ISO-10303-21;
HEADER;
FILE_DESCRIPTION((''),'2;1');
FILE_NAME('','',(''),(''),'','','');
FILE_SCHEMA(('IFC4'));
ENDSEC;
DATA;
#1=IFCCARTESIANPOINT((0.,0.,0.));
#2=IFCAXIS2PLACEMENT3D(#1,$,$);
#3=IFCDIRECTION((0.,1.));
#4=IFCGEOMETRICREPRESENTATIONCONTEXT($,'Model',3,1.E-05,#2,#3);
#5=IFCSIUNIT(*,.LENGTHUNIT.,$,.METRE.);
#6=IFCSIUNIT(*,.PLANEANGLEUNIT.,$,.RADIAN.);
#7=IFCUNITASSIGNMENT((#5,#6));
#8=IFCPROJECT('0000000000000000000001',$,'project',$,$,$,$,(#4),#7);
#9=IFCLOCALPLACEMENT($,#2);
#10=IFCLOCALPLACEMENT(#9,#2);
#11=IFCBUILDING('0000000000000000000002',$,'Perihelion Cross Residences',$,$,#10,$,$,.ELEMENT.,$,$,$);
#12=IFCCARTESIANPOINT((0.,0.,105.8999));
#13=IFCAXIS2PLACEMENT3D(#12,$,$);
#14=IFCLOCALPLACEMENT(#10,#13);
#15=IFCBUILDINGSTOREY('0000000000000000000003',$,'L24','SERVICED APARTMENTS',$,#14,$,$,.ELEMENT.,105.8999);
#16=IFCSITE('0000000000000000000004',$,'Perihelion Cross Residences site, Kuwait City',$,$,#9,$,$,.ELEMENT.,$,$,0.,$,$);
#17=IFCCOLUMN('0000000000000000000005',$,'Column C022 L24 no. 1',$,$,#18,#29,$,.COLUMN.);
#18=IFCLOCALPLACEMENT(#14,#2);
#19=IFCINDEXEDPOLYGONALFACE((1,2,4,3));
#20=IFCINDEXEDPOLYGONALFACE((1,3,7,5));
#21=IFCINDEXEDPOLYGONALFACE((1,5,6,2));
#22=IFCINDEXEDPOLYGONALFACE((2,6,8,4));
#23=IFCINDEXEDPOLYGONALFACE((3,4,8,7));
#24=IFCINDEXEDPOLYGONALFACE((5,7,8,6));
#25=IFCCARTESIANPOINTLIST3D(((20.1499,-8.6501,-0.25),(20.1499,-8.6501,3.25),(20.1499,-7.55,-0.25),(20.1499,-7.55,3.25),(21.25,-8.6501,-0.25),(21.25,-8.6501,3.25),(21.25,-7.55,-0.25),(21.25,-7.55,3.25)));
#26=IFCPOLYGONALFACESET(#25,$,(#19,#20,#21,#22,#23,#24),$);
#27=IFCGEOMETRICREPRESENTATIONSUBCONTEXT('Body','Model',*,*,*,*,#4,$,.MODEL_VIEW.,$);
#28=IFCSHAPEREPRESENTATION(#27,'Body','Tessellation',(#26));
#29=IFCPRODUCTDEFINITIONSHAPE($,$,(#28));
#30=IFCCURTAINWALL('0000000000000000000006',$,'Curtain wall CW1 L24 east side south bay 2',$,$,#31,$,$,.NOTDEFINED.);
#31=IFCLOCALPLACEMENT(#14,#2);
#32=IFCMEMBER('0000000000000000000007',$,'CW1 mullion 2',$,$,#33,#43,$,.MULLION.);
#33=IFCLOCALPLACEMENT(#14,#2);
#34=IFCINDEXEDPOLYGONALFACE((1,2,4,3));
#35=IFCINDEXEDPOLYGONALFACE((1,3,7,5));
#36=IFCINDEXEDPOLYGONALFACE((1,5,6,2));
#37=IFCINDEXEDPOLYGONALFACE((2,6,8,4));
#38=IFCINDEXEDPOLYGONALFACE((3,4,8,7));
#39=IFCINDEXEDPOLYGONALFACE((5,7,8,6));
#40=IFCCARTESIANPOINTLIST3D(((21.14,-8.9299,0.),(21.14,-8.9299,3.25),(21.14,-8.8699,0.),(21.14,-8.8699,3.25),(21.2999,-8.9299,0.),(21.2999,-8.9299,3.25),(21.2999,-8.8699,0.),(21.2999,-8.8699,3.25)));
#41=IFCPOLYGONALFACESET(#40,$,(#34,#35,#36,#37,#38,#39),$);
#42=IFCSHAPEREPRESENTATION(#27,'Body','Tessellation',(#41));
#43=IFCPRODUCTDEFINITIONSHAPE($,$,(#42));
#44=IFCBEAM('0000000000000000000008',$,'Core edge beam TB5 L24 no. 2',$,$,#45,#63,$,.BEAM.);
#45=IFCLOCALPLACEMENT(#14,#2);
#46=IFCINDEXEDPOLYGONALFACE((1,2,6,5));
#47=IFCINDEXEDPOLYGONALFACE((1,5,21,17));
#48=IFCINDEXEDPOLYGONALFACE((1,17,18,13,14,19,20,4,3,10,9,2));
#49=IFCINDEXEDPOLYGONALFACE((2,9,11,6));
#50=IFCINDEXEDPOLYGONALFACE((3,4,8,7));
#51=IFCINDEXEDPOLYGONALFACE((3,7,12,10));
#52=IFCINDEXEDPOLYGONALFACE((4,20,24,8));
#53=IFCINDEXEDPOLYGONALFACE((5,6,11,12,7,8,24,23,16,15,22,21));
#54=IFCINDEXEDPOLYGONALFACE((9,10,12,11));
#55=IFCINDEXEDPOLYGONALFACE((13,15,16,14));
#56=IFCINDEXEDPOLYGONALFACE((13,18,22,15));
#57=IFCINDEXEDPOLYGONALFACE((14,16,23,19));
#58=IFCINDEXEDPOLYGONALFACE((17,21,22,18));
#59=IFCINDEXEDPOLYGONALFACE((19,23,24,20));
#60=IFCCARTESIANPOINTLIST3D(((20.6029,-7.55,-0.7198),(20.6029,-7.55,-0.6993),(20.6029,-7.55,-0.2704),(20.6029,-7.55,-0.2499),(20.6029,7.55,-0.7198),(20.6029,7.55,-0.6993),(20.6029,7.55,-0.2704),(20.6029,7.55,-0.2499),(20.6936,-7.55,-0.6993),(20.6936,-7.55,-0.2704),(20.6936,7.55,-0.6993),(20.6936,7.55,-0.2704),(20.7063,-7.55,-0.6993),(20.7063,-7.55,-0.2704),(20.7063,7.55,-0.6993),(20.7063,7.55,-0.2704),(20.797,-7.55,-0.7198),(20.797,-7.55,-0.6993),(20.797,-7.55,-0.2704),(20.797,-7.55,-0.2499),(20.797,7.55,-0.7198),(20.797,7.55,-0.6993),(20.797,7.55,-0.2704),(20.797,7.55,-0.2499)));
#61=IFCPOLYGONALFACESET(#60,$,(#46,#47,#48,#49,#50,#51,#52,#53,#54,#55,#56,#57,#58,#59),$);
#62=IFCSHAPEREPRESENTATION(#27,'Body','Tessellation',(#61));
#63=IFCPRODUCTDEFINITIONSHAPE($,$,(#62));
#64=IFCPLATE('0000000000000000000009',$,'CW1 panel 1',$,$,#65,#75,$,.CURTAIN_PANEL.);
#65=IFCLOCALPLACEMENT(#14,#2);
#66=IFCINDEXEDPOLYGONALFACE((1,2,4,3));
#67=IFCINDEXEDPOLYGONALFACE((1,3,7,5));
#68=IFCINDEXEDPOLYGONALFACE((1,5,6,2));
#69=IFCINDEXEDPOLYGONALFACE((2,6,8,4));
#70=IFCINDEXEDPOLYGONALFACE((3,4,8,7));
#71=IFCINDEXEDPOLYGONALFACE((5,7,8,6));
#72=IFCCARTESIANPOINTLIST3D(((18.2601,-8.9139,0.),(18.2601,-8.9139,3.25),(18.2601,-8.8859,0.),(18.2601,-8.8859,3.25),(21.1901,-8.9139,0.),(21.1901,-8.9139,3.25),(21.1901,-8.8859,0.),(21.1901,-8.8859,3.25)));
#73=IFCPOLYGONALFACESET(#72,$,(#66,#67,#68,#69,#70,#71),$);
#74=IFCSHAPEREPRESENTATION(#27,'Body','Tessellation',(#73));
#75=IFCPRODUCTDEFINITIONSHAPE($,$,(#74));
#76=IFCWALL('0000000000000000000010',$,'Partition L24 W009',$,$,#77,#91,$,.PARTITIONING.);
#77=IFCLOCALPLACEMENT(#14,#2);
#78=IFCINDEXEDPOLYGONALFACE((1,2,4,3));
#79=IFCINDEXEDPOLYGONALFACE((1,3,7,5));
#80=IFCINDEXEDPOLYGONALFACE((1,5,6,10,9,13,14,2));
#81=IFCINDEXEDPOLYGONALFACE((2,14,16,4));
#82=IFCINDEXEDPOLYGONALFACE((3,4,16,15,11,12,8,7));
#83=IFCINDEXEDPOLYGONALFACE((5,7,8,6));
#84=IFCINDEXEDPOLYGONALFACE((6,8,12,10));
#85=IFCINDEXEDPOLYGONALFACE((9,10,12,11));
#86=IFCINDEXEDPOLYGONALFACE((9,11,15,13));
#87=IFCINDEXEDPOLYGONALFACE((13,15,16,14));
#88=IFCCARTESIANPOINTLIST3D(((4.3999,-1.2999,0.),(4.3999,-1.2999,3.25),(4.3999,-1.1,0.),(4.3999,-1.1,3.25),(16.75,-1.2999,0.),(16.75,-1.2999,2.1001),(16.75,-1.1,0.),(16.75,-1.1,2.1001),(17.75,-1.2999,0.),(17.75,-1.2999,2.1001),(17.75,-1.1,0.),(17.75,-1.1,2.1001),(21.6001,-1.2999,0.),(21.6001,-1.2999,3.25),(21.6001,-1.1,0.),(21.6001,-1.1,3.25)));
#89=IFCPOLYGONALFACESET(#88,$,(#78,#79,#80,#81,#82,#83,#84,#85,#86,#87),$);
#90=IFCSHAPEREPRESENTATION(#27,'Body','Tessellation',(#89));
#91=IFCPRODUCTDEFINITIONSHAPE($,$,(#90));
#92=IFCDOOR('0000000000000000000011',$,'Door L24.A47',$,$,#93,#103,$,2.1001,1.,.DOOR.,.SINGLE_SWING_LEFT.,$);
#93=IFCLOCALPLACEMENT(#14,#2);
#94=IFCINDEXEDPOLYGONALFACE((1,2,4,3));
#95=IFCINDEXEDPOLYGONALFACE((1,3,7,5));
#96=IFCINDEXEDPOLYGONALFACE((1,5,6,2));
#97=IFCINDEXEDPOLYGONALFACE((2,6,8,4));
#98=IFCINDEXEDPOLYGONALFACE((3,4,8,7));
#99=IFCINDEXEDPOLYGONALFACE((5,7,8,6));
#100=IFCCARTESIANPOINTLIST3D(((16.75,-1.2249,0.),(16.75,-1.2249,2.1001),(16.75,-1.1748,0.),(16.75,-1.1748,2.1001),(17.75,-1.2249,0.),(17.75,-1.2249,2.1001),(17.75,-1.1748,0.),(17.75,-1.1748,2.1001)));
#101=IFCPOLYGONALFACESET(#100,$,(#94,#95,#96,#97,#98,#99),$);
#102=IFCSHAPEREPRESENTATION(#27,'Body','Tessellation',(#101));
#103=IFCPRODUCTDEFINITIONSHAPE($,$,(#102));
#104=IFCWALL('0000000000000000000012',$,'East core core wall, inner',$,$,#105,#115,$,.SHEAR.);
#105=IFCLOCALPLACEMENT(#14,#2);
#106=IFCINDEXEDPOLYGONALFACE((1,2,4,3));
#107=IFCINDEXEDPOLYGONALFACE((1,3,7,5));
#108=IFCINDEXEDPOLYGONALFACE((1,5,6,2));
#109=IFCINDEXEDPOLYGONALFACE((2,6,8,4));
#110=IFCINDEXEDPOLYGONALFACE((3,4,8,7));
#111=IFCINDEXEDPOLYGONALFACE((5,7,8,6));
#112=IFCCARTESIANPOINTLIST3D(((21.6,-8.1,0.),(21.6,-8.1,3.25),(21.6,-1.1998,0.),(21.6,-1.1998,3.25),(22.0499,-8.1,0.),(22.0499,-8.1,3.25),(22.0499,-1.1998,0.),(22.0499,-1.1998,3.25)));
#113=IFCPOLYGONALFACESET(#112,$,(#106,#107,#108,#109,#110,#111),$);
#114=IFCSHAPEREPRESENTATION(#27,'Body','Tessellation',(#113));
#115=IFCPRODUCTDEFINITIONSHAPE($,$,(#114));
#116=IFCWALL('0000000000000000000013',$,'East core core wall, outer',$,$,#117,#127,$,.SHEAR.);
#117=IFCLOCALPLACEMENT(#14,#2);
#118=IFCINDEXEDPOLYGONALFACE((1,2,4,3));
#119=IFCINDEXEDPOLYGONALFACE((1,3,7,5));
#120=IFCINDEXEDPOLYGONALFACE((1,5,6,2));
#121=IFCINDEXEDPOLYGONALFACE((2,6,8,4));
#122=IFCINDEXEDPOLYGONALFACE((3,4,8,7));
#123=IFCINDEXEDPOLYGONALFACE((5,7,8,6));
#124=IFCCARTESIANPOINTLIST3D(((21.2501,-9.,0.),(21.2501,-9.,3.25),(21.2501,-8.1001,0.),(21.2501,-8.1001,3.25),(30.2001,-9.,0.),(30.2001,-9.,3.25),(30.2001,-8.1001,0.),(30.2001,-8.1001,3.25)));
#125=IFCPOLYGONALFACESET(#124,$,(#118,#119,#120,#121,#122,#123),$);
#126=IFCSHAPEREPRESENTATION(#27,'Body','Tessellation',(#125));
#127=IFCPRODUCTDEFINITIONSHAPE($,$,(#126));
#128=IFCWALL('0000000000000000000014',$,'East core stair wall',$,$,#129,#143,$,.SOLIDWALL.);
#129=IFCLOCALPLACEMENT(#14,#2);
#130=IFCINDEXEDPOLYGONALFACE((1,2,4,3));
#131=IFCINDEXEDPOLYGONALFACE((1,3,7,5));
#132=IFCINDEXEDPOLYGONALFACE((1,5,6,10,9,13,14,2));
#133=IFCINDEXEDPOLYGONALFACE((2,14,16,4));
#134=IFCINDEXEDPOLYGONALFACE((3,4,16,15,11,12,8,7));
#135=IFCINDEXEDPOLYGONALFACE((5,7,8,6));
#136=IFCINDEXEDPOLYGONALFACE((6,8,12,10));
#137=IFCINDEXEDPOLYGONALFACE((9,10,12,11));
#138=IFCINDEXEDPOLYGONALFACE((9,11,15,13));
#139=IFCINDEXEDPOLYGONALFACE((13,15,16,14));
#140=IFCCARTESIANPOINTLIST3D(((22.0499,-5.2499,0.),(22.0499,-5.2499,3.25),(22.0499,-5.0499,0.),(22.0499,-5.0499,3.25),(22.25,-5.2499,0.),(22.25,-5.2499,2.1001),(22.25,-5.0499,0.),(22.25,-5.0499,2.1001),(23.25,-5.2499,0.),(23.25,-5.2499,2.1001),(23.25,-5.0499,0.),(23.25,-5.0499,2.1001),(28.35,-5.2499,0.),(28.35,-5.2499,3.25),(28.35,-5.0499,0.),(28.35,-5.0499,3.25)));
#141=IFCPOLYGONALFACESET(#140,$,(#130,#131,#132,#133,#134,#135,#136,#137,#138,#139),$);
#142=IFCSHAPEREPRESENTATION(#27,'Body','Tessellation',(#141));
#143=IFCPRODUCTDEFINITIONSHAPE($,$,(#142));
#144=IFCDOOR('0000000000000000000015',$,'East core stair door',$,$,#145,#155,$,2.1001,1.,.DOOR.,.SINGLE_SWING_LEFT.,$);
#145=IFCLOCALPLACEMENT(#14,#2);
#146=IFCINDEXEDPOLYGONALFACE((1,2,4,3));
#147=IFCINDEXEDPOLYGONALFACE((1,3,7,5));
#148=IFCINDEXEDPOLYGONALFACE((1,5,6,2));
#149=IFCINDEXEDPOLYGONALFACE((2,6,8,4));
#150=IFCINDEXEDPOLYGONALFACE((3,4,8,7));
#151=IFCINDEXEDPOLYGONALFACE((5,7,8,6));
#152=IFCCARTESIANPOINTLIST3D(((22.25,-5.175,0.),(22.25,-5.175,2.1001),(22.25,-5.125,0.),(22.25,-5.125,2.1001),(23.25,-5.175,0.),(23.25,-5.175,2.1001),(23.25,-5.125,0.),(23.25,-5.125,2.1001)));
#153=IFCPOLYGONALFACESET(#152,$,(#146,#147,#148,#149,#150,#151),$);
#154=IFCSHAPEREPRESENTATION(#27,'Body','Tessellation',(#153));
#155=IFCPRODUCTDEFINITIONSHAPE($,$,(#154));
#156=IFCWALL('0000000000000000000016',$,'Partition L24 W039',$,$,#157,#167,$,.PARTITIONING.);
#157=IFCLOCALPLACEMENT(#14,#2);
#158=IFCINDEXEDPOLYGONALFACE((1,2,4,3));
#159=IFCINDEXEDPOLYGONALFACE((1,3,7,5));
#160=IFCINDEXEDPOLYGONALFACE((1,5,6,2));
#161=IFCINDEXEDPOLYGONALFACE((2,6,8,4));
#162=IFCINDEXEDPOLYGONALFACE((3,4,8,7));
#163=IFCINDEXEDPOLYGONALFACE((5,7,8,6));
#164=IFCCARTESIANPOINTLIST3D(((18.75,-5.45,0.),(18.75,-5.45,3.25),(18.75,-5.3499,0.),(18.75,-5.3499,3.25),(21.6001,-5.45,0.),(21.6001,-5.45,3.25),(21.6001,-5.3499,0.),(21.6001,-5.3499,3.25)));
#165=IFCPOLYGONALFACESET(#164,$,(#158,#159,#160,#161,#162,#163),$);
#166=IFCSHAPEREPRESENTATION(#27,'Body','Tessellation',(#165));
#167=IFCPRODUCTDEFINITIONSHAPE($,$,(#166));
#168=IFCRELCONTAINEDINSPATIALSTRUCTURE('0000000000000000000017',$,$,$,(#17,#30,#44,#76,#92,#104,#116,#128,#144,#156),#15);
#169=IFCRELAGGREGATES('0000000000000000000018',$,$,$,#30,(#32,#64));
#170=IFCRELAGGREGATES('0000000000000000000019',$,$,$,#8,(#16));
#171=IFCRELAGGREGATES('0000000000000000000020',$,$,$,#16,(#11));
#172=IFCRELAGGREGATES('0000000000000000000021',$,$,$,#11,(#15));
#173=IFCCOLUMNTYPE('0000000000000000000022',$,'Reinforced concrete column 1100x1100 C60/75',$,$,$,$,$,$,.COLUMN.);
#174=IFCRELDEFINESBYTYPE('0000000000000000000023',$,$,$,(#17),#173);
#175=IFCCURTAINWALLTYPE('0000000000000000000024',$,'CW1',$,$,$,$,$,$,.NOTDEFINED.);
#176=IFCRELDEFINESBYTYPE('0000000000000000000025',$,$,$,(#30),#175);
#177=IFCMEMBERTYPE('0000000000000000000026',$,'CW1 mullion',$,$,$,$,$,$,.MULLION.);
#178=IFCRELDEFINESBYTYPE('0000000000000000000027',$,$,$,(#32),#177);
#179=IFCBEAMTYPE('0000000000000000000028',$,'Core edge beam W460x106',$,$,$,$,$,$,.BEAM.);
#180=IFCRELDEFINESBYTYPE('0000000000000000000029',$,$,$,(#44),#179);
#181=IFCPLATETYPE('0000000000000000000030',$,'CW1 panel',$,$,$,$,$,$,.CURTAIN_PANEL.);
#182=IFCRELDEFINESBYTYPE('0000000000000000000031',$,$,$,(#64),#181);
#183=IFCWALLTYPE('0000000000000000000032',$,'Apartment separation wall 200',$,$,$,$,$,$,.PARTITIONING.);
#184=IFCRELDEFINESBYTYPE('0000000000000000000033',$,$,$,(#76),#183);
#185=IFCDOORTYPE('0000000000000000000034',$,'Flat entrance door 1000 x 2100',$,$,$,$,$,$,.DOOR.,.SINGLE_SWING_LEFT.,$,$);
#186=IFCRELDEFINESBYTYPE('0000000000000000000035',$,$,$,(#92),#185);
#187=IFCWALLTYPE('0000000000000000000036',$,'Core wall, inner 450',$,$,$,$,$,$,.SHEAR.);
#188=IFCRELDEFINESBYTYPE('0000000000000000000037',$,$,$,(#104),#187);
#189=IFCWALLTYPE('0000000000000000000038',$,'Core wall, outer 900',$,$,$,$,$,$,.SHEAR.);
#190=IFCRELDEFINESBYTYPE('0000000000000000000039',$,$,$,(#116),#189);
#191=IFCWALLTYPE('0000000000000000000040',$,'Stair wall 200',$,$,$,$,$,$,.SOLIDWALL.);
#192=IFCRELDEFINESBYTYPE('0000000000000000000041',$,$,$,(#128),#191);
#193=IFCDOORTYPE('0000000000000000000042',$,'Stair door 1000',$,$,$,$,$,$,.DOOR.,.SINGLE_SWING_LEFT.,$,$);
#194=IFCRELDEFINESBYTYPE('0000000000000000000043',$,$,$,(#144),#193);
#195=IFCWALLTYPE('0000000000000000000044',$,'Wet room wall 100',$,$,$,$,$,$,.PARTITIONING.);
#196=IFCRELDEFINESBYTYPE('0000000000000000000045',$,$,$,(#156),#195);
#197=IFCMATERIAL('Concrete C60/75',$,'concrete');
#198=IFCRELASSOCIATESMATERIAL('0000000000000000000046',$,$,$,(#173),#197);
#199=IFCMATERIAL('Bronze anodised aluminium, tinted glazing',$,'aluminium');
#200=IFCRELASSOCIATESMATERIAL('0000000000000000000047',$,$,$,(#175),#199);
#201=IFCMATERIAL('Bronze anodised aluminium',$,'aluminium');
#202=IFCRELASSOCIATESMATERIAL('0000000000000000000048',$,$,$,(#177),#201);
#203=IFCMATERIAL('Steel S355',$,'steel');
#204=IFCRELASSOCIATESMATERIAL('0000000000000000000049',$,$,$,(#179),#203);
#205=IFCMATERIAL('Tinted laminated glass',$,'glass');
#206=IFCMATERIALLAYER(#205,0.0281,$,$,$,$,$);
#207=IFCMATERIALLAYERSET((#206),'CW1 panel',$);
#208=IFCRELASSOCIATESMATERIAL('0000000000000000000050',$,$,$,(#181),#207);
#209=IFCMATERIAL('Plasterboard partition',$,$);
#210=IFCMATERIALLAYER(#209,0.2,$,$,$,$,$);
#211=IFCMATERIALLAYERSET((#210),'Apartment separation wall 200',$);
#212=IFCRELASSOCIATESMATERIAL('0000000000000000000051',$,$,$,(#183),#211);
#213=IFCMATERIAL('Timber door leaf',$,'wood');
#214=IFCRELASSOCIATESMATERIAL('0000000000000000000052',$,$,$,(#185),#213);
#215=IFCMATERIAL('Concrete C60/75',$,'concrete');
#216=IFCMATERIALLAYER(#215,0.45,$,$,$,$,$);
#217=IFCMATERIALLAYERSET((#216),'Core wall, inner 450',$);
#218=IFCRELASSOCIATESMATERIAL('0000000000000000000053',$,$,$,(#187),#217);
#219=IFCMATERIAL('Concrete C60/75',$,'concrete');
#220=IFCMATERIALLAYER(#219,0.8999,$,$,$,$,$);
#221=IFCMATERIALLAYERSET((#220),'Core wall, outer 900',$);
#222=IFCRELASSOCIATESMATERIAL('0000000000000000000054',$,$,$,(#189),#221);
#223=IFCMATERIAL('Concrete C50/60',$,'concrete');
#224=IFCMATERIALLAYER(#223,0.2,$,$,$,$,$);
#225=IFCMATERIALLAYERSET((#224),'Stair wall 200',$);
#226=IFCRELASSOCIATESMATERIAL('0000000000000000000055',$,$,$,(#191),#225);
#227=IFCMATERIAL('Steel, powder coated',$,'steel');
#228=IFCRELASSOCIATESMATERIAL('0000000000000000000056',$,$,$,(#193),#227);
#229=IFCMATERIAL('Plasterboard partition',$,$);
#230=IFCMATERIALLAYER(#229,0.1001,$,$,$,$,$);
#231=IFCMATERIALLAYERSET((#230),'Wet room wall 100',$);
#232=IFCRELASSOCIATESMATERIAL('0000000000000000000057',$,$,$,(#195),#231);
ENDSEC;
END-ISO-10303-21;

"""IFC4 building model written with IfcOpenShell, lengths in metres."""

from ifc_helpers import new_model, si_unit, direction, frame, frame_2d, origin, origin_2d, place, context, subcontext, project, spatial, rectangle, i_section, extrude, material, layer, layer_set, material_profile, profile_set, type_object, element, fill, aggregate, save


model = new_model("IFC4")

# Units and contexts
model_context = context("Model", 3, precision=1e-05, world=origin(), true_north=direction((0.0, 1.0)))
body_context = subcontext(model_context, "Body", "Model", "MODEL_VIEW")
ifc_project = project(units=[si_unit("LENGTHUNIT", "METRE"), si_unit("PLANEANGLEUNIT", "RADIAN")], contexts=[model_context])

# Site, building, storey
site_placement = place(None, origin())
site = spatial("IfcSite", under=ifc_project, at=site_placement, Name="Perihelion Cross Residences site, Kuwait City", CompositionType="ELEMENT", RefElevation=0.0)
building_placement = place(site_placement, origin())
building = spatial("IfcBuilding", under=site, at=building_placement, Name="Perihelion Cross Residences", CompositionType="ELEMENT")
storey_placement = place(building_placement, frame((0.0, 0.0, 105.8999)))
storey = spatial("IfcBuildingStorey", under=building, at=storey_placement, Name="L24", Description="SERVICED APARTMENTS", CompositionType="ELEMENT", Elevation=105.8999)

# Column
ifc_material_1 = material(Name="Concrete C60/75", Category="concrete")
ifc_material_profile_1 = material_profile(ifc_material_1, rectangle(XDim=1.1001, YDim=1.1001, at=origin_2d()), Name="RC 1100x1100")
ifc_profile_set_1 = profile_set([ifc_material_profile_1], Name="Concrete C60/75")
column_type = type_object("IfcColumnType", Name="Reinforced concrete column 1100x1100 C60/75", PredefinedType="COLUMN", material=ifc_profile_set_1)
column_placement = place(storey_placement, frame((20.7, -8.1001, -0.25), z_axis=(0.0, 0.0, 1.0), x_axis=(1.0, 0.0, 0.0)))
element("IfcColumn", 1, at=column_placement, inside=storey, type_object=column_type, Name="Column C022 L24 no. 1", PredefinedType="COLUMN", context=body_context, shape_type="SweptSolid", body=[
    extrude(rectangle(XDim=1.1001, YDim=1.1001, at=origin_2d()), origin(), (0.0, 0.0, 1.0), 3.5),
])

# Curtain wall, member
ifc_material_2 = material(Name="Bronze anodised aluminium, tinted glazing", Category="aluminium")
curtain_wall_type = type_object("IfcCurtainWallType", Name="CW1", PredefinedType="NOTDEFINED", material=ifc_material_2)
curtain_wall_placement = place(storey_placement, origin())
curtain_wall = element("IfcCurtainWall", 2, at=curtain_wall_placement, inside=storey, type_object=curtain_wall_type, Name="Curtain wall CW1 L24 east side south bay 2", PredefinedType="NOTDEFINED")
ifc_material_3 = material(Name="Bronze anodised aluminium", Category="aluminium")
ifc_material_profile_2 = material_profile(ifc_material_3, rectangle(XDim=0.0601, YDim=0.1599, at=origin_2d()), Name="CW1 mullion")
ifc_profile_set_2 = profile_set([ifc_material_profile_2], Name="Bronze anodised aluminium")
member_type = type_object("IfcMemberType", Name="CW1 mullion", PredefinedType="MULLION", material=ifc_profile_set_2)
member_placement = place(storey_placement, frame((21.22, -8.8999, 0.0), z_axis=(0.0, 0.0, 1.0), x_axis=(0.0, 1.0, 0.0)))
member = element("IfcMember", 3, at=member_placement, type_object=member_type, Name="CW1 mullion 2", PredefinedType="MULLION", context=body_context, shape_type="SweptSolid", body=[
    extrude(rectangle(XDim=0.0601, YDim=0.1599, at=origin_2d()), origin(), (0.0, 0.0, 1.0), 3.25),
])

# Beam
ifc_material_4 = material(Name="Steel S355", Category="steel")
ifc_material_profile_3 = material_profile(ifc_material_4, i_section(OverallWidth=0.1941, OverallDepth=0.47, WebThickness=0.0127, FlangeThickness=0.0205, at=origin_2d()), Name="W460x106")
ifc_profile_set_3 = profile_set([ifc_material_profile_3], Name="Steel S355")
beam_type = type_object("IfcBeamType", Name="Core edge beam W460x106", PredefinedType="BEAM", material=ifc_profile_set_3)
beam_placement = place(storey_placement, frame((20.7, -7.55, -0.4849), z_axis=(0.0, 1.0, 0.0), x_axis=(-1.0, 0.0, 0.0)))
element("IfcBeam", 4, at=beam_placement, inside=storey, type_object=beam_type, Name="Core edge beam TB5 L24 no. 2", PredefinedType="BEAM", context=body_context, shape_type="SweptSolid", body=[
    extrude(i_section(OverallWidth=0.1941, OverallDepth=0.47, WebThickness=0.0127, FlangeThickness=0.0205, at=origin_2d()), origin(), (0.0, 0.0, 1.0), 15.1001),
])

# Plate
ifc_material_5 = material(Name="Tinted laminated glass", Category="glass")
ifc_layer_1 = layer(ifc_material_5, 0.0281)
ifc_layer_set_1 = layer_set([ifc_layer_1], Name="CW1 panel")
plate_type = type_object("IfcPlateType", Name="CW1 panel", PredefinedType="CURTAIN_PANEL", material=ifc_layer_set_1)
plate_placement = place(storey_placement, frame((19.7251, -8.8999, 0.0), z_axis=(0.0, 0.0, 1.0), x_axis=(1.0, 0.0, 0.0)))
plate = element("IfcPlate", 5, at=plate_placement, type_object=plate_type, Name="CW1 panel 1", PredefinedType="CURTAIN_PANEL", context=body_context, shape_type="SweptSolid", body=[
    extrude(rectangle(XDim=2.9299, YDim=0.0281, at=origin_2d()), origin(), (0.0, 0.0, 1.0), 3.25),
])
aggregate(curtain_wall, [member, plate])

# Wall, opening, door
ifc_material_6 = material(Name="Plasterboard partition")
ifc_layer_2 = layer(ifc_material_6, 0.2)
ifc_layer_set_2 = layer_set([ifc_layer_2], Name="Apartment separation wall 200")
wall_type_1 = type_object("IfcWallType", Name="Apartment separation wall 200", PredefinedType="PARTITIONING", material=ifc_layer_set_2)
wall_1_placement = place(storey_placement, frame((21.6001, -1.2, 0.0), z_axis=(0.0, 0.0, 1.0), x_axis=(-1.0, 0.0, 0.0)))
wall_1 = element("IfcWall", 6, at=wall_1_placement, inside=storey, type_object=wall_type_1, Name="Partition L24 W009", PredefinedType="PARTITIONING", context=body_context, shape_type="SweptSolid", body=[
    extrude(rectangle(XDim=17.2002, YDim=0.2, at=frame_2d((8.6001, 0.0))), origin(), (0.0, 0.0, 1.0), 3.25),
])
opening_1_placement = place(wall_1_placement, frame((3.8501, 0.0, 0.0)))
opening_1 = element("IfcOpeningElement", 7, at=opening_1_placement, cuts=wall_1, PredefinedType="OPENING", context=body_context, shape_type="SweptSolid", body=[
    extrude(rectangle(XDim=1.0, YDim=2.1001, at=frame_2d((0.5, 1.05))), frame((0.0, 0.1099, 0.0), z_axis=(0.0, -1.0, 0.0), x_axis=(1.0, 0.0, 0.0)), (0.0, 0.0, 1.0), 0.22),
])
ifc_material_7 = material(Name="Timber door leaf", Category="wood")
door_type_1 = type_object("IfcDoorType", Name="Flat entrance door 1000 x 2100", OperationType="SINGLE_SWING_LEFT", PredefinedType="DOOR", material=ifc_material_7)
door_1_placement = place(opening_1_placement, origin())
door_1 = element("IfcDoor", 8, at=door_1_placement, inside=storey, type_object=door_type_1, Name="Door L24.A47", OperationType="SINGLE_SWING_LEFT", OverallHeight=2.1001, OverallWidth=1.0, PredefinedType="DOOR", context=body_context, shape_type="SweptSolid", body=[
    extrude(rectangle(XDim=1.0, YDim=2.1001, at=frame_2d((0.5, 1.05))), frame((0.0, 0.0249, 0.0), z_axis=(0.0, -1.0, 0.0), x_axis=(1.0, 0.0, 0.0)), (0.0, 0.0, 1.0), 0.05),
])
fill(opening_1, door_1)

# Walls
ifc_material_8 = material(Name="Concrete C60/75", Category="concrete")
ifc_layer_3 = layer(ifc_material_8, 0.45)
ifc_layer_set_3 = layer_set([ifc_layer_3], Name="Core wall, inner 450")
wall_type_2 = type_object("IfcWallType", Name="Core wall, inner 450", PredefinedType="SHEAR", material=ifc_layer_set_3)
wall_2_placement = place(storey_placement, frame((21.825, -8.1001, 0.0), z_axis=(0.0, 0.0, 1.0), x_axis=(0.0, 1.0, 0.0)))
element("IfcWall", 9, at=wall_2_placement, inside=storey, type_object=wall_type_2, Name="East core core wall, inner", PredefinedType="SHEAR", context=body_context, shape_type="SweptSolid", body=[
    extrude(rectangle(XDim=6.9001, YDim=0.45, at=frame_2d((3.4502, 0.0))), origin(), (0.0, 0.0, 1.0), 3.25),
])
ifc_material_9 = material(Name="Concrete C60/75", Category="concrete")
ifc_layer_4 = layer(ifc_material_9, 0.8999)
ifc_layer_set_4 = layer_set([ifc_layer_4], Name="Core wall, outer 900")
wall_type_3 = type_object("IfcWallType", Name="Core wall, outer 900", PredefinedType="SHEAR", material=ifc_layer_set_4)
wall_3_placement = place(storey_placement, frame((21.25, -8.55, 0.0), z_axis=(0.0, 0.0, 1.0), x_axis=(1.0, 0.0, 0.0)))
element("IfcWall", 10, at=wall_3_placement, inside=storey, type_object=wall_type_3, Name="East core core wall, outer", PredefinedType="SHEAR", context=body_context, shape_type="SweptSolid", body=[
    extrude(rectangle(XDim=8.95, YDim=0.8999, at=frame_2d((4.4751, 0.0))), origin(), (0.0, 0.0, 1.0), 3.25),
])

# Wall, opening, door
ifc_material_10 = material(Name="Concrete C50/60", Category="concrete")
ifc_layer_5 = layer(ifc_material_10, 0.2)
ifc_layer_set_5 = layer_set([ifc_layer_5], Name="Stair wall 200")
wall_type_4 = type_object("IfcWallType", Name="Stair wall 200", PredefinedType="SOLIDWALL", material=ifc_layer_set_5)
wall_4_placement = place(storey_placement, frame((22.05, -5.1499, 0.0), z_axis=(0.0, 0.0, 1.0), x_axis=(1.0, 0.0, 0.0)))
wall_4 = element("IfcWall", 11, at=wall_4_placement, inside=storey, type_object=wall_type_4, Name="East core stair wall", PredefinedType="SOLIDWALL", context=body_context, shape_type="SweptSolid", body=[
    extrude(rectangle(XDim=6.3, YDim=0.2, at=frame_2d((3.1499, 0.0))), origin(), (0.0, 0.0, 1.0), 3.25),
])
opening_2_placement = place(wall_4_placement, frame((0.2, 0.0, 0.0)))
opening_2 = element("IfcOpeningElement", 12, at=opening_2_placement, cuts=wall_4, PredefinedType="OPENING", context=body_context, shape_type="SweptSolid", body=[
    extrude(rectangle(XDim=1.0, YDim=2.1001, at=frame_2d((0.5, 1.05))), frame((0.0, 0.1099, 0.0), z_axis=(0.0, -1.0, 0.0), x_axis=(1.0, 0.0, 0.0)), (0.0, 0.0, 1.0), 0.22),
])
ifc_material_11 = material(Name="Steel, powder coated", Category="steel")
door_type_2 = type_object("IfcDoorType", Name="Stair door 1000", OperationType="SINGLE_SWING_LEFT", PredefinedType="DOOR", material=ifc_material_11)
door_2_placement = place(opening_2_placement, origin())
door_2 = element("IfcDoor", 13, at=door_2_placement, inside=storey, type_object=door_type_2, Name="East core stair door", OperationType="SINGLE_SWING_LEFT", OverallHeight=2.1001, OverallWidth=1.0, PredefinedType="DOOR", context=body_context, shape_type="SweptSolid", body=[
    extrude(rectangle(XDim=1.0, YDim=2.1001, at=frame_2d((0.5, 1.05))), frame((0.0, 0.0249, 0.0), z_axis=(0.0, -1.0, 0.0), x_axis=(1.0, 0.0, 0.0)), (0.0, 0.0, 1.0), 0.05),
])
fill(opening_2, door_2)

# Wall
ifc_material_12 = material(Name="Plasterboard partition")
ifc_layer_6 = layer(ifc_material_12, 0.1001)
ifc_layer_set_6 = layer_set([ifc_layer_6], Name="Wet room wall 100")
wall_type_5 = type_object("IfcWallType", Name="Wet room wall 100", PredefinedType="PARTITIONING", material=ifc_layer_set_6)
wall_5_placement = place(storey_placement, frame((21.6001, -5.3999, 0.0), z_axis=(0.0, 0.0, 1.0), x_axis=(-1.0, 0.0, 0.0)))
element("IfcWall", 14, at=wall_5_placement, inside=storey, type_object=wall_type_5, Name="Partition L24 W039", PredefinedType="PARTITIONING", context=body_context, shape_type="SweptSolid", body=[
    extrude(rectangle(XDim=2.8501, YDim=0.1001, at=frame_2d((1.425, 0.0))), origin(), (0.0, 0.0, 1.0), 3.25),
])

save(model, "model.ifc")
